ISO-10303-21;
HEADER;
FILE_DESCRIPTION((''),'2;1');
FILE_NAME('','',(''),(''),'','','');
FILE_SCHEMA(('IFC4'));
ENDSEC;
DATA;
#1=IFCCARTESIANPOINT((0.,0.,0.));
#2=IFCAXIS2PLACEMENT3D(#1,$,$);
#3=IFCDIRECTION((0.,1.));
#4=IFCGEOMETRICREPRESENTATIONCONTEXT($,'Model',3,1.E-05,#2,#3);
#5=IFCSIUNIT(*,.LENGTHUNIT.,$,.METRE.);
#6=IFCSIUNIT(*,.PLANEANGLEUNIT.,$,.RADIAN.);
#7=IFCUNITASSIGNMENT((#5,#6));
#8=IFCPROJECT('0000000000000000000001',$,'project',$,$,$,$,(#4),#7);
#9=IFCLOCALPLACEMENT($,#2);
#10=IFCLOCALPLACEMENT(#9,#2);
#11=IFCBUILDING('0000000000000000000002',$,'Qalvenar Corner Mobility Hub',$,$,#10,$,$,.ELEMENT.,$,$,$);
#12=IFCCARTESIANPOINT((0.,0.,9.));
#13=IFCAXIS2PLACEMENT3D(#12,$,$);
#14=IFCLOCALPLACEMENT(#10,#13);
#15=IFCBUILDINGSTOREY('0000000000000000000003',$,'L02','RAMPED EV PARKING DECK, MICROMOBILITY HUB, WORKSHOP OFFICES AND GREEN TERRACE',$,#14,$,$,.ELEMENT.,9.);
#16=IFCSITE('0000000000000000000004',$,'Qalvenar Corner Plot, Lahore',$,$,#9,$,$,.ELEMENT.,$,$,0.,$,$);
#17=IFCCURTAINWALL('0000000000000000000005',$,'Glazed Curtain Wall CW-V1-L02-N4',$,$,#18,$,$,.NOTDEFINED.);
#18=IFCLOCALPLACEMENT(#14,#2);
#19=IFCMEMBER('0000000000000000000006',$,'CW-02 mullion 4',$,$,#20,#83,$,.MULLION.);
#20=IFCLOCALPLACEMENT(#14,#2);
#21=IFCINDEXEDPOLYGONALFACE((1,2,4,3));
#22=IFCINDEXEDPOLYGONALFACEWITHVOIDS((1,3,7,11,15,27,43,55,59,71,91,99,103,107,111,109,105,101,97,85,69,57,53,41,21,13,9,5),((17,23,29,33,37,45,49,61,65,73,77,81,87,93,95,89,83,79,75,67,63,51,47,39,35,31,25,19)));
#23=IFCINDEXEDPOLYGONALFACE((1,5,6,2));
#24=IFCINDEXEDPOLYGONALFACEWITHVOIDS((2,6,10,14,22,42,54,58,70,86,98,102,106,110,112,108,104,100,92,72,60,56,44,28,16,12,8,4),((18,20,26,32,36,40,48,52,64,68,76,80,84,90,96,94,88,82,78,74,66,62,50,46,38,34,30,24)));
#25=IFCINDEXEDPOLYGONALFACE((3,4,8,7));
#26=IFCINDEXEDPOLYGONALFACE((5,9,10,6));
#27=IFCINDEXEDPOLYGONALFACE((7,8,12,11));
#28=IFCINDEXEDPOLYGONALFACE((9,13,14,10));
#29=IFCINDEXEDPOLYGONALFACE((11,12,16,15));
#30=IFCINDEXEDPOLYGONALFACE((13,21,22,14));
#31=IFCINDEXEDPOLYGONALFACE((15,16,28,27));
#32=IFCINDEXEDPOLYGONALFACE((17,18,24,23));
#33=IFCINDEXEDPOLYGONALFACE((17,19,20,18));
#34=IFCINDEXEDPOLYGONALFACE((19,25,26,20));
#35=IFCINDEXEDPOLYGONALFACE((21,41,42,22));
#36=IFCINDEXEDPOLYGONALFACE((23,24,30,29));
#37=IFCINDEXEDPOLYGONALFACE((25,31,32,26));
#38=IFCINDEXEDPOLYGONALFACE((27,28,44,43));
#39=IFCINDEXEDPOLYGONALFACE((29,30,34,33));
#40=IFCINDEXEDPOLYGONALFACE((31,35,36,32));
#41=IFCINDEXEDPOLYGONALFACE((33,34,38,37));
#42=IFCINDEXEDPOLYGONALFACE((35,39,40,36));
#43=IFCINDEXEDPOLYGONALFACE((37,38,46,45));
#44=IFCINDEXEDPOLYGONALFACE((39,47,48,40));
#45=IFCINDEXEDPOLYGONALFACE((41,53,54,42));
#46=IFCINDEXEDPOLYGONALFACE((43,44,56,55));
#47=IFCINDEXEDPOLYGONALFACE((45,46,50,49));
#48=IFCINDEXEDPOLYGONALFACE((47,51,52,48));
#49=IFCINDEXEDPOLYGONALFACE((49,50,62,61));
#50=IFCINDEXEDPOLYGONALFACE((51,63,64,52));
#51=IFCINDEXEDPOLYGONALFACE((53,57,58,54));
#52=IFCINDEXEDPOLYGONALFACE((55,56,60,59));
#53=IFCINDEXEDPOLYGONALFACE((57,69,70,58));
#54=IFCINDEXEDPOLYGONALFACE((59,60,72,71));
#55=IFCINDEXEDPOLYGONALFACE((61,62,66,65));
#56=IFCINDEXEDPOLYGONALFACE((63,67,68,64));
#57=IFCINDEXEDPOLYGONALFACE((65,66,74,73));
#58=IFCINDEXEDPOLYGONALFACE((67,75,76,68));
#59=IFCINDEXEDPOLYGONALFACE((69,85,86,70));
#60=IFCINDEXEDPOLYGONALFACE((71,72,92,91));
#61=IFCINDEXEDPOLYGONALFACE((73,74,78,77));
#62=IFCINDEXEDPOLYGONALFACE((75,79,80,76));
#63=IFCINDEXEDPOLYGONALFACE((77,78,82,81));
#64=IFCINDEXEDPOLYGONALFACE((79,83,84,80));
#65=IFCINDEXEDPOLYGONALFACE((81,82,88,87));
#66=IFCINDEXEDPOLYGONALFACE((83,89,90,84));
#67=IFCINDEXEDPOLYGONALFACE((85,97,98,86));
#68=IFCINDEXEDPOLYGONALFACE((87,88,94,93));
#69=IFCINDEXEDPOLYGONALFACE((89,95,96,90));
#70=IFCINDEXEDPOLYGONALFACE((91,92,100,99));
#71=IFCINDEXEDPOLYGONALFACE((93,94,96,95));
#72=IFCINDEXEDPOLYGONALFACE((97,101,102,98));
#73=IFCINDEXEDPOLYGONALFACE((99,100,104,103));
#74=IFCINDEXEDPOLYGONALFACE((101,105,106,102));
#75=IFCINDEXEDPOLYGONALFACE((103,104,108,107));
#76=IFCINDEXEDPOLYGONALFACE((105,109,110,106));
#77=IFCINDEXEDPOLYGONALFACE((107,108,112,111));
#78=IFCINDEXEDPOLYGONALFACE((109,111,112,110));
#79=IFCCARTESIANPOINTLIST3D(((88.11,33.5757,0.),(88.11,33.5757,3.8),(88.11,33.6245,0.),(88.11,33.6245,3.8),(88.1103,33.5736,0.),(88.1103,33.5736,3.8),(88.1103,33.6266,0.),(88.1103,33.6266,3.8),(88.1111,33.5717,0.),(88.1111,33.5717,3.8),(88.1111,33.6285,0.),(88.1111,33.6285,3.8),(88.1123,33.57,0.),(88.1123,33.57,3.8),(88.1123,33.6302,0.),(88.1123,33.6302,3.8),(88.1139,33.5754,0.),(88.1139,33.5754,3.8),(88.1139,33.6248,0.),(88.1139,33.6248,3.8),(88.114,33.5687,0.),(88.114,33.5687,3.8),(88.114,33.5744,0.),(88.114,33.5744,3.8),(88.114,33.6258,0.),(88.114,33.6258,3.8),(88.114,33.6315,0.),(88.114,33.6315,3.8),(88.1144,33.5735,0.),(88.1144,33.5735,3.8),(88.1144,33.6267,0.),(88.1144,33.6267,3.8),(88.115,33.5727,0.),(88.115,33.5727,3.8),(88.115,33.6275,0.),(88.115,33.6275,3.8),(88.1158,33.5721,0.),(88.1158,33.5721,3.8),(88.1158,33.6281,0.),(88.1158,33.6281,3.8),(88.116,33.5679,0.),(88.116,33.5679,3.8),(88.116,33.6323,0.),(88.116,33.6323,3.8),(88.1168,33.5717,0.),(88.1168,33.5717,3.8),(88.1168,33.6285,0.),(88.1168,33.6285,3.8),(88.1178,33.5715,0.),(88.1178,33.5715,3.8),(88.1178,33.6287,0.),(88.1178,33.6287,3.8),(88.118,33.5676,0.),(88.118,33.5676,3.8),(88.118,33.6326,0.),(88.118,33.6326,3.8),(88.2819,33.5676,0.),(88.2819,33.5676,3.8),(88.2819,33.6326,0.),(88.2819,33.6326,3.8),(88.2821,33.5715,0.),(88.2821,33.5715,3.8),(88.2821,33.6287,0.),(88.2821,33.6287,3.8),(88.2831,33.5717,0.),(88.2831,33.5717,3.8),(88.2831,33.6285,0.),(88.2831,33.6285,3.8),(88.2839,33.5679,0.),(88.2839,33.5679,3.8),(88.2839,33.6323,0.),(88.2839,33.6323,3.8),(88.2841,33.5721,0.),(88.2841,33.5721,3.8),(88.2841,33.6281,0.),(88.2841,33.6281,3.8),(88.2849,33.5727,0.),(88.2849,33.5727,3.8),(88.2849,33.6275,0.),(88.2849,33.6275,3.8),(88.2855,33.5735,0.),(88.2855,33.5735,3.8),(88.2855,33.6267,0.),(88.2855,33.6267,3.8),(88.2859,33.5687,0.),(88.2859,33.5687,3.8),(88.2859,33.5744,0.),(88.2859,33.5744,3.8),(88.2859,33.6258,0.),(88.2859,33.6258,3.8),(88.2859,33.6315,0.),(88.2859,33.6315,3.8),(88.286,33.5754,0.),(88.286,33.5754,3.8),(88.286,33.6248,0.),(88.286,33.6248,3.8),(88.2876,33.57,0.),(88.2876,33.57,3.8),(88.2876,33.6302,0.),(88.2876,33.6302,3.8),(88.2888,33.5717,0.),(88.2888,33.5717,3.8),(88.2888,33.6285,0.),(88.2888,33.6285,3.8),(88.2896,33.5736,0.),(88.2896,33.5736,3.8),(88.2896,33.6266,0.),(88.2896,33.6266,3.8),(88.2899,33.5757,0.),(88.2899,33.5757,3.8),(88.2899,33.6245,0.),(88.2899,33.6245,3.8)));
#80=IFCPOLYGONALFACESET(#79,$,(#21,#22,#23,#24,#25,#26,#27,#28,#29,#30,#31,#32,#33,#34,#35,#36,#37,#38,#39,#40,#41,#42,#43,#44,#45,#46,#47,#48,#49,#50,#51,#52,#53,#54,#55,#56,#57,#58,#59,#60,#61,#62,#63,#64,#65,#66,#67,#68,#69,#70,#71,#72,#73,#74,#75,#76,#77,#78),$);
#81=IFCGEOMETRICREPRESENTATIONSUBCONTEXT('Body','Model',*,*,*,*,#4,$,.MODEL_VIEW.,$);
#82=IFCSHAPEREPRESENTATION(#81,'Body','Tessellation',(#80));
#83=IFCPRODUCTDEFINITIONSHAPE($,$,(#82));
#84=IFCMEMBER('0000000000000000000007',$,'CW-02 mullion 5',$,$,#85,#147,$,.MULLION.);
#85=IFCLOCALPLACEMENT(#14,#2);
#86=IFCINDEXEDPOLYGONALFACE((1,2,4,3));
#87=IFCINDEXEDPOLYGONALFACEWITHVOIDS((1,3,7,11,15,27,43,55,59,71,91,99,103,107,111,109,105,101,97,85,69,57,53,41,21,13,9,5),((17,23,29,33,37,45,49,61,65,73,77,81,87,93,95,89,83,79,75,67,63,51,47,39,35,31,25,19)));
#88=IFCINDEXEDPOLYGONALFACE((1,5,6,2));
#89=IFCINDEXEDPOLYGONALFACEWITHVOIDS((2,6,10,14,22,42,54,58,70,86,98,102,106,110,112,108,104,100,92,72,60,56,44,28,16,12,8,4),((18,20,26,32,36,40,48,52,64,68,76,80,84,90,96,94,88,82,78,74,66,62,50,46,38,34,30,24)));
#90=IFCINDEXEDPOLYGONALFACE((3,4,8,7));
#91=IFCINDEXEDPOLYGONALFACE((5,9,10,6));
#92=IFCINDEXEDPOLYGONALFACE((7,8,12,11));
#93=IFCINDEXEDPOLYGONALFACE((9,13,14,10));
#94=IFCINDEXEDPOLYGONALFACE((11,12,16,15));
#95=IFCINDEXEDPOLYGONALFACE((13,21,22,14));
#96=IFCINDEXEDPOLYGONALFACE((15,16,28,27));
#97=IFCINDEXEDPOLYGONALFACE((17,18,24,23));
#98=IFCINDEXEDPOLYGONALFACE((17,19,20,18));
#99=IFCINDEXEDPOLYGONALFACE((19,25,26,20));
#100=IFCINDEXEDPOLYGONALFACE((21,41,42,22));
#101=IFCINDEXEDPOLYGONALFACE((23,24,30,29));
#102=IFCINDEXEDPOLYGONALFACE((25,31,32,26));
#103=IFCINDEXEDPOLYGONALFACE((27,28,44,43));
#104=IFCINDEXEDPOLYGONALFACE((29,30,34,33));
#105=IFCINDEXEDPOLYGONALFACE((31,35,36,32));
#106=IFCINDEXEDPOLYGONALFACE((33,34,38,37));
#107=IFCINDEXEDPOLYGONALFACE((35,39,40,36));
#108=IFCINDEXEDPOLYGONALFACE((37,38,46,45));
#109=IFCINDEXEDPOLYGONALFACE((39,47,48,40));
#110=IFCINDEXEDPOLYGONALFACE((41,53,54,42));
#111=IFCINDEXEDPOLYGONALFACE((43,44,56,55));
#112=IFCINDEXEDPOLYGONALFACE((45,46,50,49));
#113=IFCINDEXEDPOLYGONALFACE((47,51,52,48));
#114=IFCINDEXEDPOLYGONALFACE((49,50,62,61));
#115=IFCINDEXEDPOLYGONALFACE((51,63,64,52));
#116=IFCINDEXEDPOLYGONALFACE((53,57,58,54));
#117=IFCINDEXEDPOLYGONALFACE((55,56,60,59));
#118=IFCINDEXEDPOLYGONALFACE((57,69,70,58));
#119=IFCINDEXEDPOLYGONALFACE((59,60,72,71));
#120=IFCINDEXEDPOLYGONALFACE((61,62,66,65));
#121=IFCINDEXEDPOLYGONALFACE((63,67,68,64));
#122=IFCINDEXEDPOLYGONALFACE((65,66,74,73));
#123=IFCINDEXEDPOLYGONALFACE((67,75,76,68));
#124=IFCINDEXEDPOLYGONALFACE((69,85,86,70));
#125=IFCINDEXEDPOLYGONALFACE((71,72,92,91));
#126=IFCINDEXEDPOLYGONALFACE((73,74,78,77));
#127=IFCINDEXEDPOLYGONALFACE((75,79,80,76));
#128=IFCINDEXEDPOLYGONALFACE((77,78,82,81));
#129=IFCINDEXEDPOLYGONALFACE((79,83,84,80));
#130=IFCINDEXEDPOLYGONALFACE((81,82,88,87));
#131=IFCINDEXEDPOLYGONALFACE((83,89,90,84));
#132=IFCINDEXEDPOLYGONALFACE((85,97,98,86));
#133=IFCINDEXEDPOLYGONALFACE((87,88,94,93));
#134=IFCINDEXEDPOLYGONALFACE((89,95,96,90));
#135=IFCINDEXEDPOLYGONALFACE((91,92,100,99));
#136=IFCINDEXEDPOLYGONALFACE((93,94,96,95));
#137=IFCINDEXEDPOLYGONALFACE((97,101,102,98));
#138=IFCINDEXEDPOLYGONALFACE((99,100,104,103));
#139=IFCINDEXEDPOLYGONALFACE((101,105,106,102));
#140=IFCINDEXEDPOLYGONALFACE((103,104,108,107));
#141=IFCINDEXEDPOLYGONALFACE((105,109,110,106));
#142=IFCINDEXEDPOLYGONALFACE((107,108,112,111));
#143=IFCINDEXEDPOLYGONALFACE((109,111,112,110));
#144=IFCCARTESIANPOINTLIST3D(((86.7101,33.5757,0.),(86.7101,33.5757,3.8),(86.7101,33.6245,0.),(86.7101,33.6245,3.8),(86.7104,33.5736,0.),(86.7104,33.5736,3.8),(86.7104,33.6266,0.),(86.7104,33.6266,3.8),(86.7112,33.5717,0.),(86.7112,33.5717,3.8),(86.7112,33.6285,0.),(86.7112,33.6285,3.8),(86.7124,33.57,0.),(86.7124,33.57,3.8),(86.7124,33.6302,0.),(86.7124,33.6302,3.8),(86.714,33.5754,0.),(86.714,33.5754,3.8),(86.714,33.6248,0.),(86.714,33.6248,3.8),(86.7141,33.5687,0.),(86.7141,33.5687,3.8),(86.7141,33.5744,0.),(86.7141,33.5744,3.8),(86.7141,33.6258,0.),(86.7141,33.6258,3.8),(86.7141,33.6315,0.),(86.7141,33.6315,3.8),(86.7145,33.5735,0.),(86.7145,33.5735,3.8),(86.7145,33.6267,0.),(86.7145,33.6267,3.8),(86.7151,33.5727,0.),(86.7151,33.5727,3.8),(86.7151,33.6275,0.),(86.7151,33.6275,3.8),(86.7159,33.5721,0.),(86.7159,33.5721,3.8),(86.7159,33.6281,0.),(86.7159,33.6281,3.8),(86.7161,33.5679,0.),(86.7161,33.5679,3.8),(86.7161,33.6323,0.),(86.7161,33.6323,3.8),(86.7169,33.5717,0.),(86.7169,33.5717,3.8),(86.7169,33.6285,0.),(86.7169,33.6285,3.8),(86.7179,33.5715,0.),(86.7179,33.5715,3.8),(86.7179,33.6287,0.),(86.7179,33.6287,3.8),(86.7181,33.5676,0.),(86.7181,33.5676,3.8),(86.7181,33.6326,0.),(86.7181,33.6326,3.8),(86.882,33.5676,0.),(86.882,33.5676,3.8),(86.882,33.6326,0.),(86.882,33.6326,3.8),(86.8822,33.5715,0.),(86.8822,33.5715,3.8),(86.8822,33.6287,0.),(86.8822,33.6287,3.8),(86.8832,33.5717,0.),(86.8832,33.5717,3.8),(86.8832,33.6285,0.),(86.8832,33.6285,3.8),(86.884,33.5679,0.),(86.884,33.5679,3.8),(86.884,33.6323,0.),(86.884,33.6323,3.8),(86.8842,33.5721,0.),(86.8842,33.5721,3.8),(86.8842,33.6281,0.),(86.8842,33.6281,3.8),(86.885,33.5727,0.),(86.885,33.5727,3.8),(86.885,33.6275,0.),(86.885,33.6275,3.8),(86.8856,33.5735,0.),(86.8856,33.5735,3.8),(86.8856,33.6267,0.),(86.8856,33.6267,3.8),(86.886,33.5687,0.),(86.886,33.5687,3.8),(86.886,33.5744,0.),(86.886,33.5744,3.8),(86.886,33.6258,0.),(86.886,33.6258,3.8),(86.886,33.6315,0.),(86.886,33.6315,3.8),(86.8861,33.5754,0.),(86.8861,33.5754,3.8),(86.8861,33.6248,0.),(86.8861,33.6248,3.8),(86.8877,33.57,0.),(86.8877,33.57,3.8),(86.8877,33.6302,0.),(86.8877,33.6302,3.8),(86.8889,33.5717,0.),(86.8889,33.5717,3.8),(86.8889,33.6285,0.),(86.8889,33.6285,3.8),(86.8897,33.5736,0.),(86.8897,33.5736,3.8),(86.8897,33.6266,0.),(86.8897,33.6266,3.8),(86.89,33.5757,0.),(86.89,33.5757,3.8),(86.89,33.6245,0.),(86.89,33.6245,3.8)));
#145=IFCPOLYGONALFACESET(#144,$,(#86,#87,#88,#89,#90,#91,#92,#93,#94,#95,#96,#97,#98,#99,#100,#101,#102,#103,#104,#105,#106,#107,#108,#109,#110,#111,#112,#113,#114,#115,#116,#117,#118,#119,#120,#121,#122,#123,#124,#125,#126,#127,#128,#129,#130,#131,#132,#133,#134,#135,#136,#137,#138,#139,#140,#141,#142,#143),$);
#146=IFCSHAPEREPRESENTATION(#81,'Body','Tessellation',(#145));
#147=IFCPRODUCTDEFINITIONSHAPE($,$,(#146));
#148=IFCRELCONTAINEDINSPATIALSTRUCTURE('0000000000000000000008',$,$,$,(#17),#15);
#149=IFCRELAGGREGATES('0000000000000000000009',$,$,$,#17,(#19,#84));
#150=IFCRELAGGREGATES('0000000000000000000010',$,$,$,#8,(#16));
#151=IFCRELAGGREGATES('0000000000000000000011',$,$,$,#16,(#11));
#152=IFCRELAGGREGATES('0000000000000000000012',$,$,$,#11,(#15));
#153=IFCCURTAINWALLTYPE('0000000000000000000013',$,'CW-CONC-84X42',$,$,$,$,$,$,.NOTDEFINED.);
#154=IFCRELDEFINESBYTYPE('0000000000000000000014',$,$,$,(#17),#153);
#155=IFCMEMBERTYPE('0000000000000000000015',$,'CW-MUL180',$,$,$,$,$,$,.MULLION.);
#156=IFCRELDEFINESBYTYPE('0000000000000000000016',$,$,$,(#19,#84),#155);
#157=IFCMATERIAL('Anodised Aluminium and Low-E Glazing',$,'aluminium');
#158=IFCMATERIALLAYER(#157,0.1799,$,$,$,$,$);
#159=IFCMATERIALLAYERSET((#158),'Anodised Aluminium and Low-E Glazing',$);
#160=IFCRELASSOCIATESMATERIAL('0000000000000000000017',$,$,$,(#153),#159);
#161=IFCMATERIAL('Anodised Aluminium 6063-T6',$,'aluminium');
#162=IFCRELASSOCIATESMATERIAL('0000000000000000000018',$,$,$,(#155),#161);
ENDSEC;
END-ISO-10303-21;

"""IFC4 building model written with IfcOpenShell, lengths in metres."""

from ifc_helpers import new_model, si_unit, direction, frame, origin, origin_2d, place, context, subcontext, project, spatial, hollow_rectangle, extrude, material, layer, layer_set, material_profile, profile_set, type_object, element, aggregate, save


model = new_model("IFC4")

# Units and contexts
model_context = context("Model", 3, precision=1e-05, world=origin(), true_north=direction((0.0, 1.0)))
body_context = subcontext(model_context, "Body", "Model", "MODEL_VIEW")
ifc_project = project(units=[si_unit("LENGTHUNIT", "METRE"), si_unit("PLANEANGLEUNIT", "RADIAN")], contexts=[model_context])

# Site, building, storey
site_placement = place(None, origin())
site = spatial("IfcSite", under=ifc_project, at=site_placement, Name="Qalvenar Corner Plot, Lahore", CompositionType="ELEMENT", RefElevation=0.0)
building_placement = place(site_placement, origin())
building = spatial("IfcBuilding", under=site, at=building_placement, Name="Qalvenar Corner Mobility Hub", CompositionType="ELEMENT")
storey_placement = place(building_placement, frame((0.0, 0.0, 9.0)))
storey = spatial("IfcBuildingStorey", under=building, at=storey_placement, Name="L02", Description="RAMPED EV PARKING DECK, MICROMOBILITY HUB, WORKSHOP OFFICES AND GREEN TERRACE", CompositionType="ELEMENT", Elevation=9.0)

# Curtain wall, members
ifc_material_1 = material(Name="Anodised Aluminium and Low-E Glazing", Category="aluminium")
ifc_layer_1 = layer(ifc_material_1, 0.1799)
ifc_layer_set_1 = layer_set([ifc_layer_1], Name="Anodised Aluminium and Low-E Glazing")
curtain_wall_type = type_object("IfcCurtainWallType", Name="CW-CONC-84X42", PredefinedType="NOTDEFINED", material=ifc_layer_set_1)
curtain_wall_placement = place(storey_placement, origin())
curtain_wall = element("IfcCurtainWall", 1, at=curtain_wall_placement, inside=storey, type_object=curtain_wall_type, Name="Glazed Curtain Wall CW-V1-L02-N4", PredefinedType="NOTDEFINED")
ifc_material_2 = material(Name="Anodised Aluminium 6063-T6", Category="aluminium")
ifc_material_profile_1 = material_profile(ifc_material_2, hollow_rectangle(XDim=0.0649, YDim=0.1799, WallThickness=0.0039, InnerFilletRadius=0.0039, OuterFilletRadius=0.0081, at=origin_2d()), Name="RHS180x65x4")
ifc_profile_set_1 = profile_set([ifc_material_profile_1], Name="Anodised Aluminium 6063-T6")
member_type_1 = type_object("IfcMemberType", Name="CW-MUL180", PredefinedType="MULLION", material=ifc_profile_set_1)
member_1_placement = place(storey_placement, frame((88.2, 33.6001, 0.0), z_axis=(0.0, 0.0, 1.0), x_axis=(0.0, -1.0, 0.0)))
member_1 = element("IfcMember", 2, at=member_1_placement, type_object=member_type_1, Name="CW-02 mullion 4", PredefinedType="MULLION", context=body_context, shape_type="SweptSolid", body=[
    extrude(hollow_rectangle(XDim=0.0649, YDim=0.1799, WallThickness=0.0039, InnerFilletRadius=0.0039, OuterFilletRadius=0.0081, at=origin_2d()), origin(), (0.0, 0.0, 1.0), 3.8),
])
member_2_placement = place(storey_placement, frame((86.8, 33.6001, 0.0), z_axis=(0.0, 0.0, 1.0), x_axis=(0.0, -1.0, 0.0)))
member_2 = element("IfcMember", 3, at=member_2_placement, type_object=member_type_1, Name="CW-02 mullion 5", PredefinedType="MULLION", context=body_context, shape_type="SweptSolid", body=[
    extrude(hollow_rectangle(XDim=0.0649, YDim=0.1799, WallThickness=0.0039, InnerFilletRadius=0.0039, OuterFilletRadius=0.0081, at=origin_2d()), origin(), (0.0, 0.0, 1.0), 3.8),
])
aggregate(curtain_wall, [member_1, member_2])

save(model, "model.ifc")
